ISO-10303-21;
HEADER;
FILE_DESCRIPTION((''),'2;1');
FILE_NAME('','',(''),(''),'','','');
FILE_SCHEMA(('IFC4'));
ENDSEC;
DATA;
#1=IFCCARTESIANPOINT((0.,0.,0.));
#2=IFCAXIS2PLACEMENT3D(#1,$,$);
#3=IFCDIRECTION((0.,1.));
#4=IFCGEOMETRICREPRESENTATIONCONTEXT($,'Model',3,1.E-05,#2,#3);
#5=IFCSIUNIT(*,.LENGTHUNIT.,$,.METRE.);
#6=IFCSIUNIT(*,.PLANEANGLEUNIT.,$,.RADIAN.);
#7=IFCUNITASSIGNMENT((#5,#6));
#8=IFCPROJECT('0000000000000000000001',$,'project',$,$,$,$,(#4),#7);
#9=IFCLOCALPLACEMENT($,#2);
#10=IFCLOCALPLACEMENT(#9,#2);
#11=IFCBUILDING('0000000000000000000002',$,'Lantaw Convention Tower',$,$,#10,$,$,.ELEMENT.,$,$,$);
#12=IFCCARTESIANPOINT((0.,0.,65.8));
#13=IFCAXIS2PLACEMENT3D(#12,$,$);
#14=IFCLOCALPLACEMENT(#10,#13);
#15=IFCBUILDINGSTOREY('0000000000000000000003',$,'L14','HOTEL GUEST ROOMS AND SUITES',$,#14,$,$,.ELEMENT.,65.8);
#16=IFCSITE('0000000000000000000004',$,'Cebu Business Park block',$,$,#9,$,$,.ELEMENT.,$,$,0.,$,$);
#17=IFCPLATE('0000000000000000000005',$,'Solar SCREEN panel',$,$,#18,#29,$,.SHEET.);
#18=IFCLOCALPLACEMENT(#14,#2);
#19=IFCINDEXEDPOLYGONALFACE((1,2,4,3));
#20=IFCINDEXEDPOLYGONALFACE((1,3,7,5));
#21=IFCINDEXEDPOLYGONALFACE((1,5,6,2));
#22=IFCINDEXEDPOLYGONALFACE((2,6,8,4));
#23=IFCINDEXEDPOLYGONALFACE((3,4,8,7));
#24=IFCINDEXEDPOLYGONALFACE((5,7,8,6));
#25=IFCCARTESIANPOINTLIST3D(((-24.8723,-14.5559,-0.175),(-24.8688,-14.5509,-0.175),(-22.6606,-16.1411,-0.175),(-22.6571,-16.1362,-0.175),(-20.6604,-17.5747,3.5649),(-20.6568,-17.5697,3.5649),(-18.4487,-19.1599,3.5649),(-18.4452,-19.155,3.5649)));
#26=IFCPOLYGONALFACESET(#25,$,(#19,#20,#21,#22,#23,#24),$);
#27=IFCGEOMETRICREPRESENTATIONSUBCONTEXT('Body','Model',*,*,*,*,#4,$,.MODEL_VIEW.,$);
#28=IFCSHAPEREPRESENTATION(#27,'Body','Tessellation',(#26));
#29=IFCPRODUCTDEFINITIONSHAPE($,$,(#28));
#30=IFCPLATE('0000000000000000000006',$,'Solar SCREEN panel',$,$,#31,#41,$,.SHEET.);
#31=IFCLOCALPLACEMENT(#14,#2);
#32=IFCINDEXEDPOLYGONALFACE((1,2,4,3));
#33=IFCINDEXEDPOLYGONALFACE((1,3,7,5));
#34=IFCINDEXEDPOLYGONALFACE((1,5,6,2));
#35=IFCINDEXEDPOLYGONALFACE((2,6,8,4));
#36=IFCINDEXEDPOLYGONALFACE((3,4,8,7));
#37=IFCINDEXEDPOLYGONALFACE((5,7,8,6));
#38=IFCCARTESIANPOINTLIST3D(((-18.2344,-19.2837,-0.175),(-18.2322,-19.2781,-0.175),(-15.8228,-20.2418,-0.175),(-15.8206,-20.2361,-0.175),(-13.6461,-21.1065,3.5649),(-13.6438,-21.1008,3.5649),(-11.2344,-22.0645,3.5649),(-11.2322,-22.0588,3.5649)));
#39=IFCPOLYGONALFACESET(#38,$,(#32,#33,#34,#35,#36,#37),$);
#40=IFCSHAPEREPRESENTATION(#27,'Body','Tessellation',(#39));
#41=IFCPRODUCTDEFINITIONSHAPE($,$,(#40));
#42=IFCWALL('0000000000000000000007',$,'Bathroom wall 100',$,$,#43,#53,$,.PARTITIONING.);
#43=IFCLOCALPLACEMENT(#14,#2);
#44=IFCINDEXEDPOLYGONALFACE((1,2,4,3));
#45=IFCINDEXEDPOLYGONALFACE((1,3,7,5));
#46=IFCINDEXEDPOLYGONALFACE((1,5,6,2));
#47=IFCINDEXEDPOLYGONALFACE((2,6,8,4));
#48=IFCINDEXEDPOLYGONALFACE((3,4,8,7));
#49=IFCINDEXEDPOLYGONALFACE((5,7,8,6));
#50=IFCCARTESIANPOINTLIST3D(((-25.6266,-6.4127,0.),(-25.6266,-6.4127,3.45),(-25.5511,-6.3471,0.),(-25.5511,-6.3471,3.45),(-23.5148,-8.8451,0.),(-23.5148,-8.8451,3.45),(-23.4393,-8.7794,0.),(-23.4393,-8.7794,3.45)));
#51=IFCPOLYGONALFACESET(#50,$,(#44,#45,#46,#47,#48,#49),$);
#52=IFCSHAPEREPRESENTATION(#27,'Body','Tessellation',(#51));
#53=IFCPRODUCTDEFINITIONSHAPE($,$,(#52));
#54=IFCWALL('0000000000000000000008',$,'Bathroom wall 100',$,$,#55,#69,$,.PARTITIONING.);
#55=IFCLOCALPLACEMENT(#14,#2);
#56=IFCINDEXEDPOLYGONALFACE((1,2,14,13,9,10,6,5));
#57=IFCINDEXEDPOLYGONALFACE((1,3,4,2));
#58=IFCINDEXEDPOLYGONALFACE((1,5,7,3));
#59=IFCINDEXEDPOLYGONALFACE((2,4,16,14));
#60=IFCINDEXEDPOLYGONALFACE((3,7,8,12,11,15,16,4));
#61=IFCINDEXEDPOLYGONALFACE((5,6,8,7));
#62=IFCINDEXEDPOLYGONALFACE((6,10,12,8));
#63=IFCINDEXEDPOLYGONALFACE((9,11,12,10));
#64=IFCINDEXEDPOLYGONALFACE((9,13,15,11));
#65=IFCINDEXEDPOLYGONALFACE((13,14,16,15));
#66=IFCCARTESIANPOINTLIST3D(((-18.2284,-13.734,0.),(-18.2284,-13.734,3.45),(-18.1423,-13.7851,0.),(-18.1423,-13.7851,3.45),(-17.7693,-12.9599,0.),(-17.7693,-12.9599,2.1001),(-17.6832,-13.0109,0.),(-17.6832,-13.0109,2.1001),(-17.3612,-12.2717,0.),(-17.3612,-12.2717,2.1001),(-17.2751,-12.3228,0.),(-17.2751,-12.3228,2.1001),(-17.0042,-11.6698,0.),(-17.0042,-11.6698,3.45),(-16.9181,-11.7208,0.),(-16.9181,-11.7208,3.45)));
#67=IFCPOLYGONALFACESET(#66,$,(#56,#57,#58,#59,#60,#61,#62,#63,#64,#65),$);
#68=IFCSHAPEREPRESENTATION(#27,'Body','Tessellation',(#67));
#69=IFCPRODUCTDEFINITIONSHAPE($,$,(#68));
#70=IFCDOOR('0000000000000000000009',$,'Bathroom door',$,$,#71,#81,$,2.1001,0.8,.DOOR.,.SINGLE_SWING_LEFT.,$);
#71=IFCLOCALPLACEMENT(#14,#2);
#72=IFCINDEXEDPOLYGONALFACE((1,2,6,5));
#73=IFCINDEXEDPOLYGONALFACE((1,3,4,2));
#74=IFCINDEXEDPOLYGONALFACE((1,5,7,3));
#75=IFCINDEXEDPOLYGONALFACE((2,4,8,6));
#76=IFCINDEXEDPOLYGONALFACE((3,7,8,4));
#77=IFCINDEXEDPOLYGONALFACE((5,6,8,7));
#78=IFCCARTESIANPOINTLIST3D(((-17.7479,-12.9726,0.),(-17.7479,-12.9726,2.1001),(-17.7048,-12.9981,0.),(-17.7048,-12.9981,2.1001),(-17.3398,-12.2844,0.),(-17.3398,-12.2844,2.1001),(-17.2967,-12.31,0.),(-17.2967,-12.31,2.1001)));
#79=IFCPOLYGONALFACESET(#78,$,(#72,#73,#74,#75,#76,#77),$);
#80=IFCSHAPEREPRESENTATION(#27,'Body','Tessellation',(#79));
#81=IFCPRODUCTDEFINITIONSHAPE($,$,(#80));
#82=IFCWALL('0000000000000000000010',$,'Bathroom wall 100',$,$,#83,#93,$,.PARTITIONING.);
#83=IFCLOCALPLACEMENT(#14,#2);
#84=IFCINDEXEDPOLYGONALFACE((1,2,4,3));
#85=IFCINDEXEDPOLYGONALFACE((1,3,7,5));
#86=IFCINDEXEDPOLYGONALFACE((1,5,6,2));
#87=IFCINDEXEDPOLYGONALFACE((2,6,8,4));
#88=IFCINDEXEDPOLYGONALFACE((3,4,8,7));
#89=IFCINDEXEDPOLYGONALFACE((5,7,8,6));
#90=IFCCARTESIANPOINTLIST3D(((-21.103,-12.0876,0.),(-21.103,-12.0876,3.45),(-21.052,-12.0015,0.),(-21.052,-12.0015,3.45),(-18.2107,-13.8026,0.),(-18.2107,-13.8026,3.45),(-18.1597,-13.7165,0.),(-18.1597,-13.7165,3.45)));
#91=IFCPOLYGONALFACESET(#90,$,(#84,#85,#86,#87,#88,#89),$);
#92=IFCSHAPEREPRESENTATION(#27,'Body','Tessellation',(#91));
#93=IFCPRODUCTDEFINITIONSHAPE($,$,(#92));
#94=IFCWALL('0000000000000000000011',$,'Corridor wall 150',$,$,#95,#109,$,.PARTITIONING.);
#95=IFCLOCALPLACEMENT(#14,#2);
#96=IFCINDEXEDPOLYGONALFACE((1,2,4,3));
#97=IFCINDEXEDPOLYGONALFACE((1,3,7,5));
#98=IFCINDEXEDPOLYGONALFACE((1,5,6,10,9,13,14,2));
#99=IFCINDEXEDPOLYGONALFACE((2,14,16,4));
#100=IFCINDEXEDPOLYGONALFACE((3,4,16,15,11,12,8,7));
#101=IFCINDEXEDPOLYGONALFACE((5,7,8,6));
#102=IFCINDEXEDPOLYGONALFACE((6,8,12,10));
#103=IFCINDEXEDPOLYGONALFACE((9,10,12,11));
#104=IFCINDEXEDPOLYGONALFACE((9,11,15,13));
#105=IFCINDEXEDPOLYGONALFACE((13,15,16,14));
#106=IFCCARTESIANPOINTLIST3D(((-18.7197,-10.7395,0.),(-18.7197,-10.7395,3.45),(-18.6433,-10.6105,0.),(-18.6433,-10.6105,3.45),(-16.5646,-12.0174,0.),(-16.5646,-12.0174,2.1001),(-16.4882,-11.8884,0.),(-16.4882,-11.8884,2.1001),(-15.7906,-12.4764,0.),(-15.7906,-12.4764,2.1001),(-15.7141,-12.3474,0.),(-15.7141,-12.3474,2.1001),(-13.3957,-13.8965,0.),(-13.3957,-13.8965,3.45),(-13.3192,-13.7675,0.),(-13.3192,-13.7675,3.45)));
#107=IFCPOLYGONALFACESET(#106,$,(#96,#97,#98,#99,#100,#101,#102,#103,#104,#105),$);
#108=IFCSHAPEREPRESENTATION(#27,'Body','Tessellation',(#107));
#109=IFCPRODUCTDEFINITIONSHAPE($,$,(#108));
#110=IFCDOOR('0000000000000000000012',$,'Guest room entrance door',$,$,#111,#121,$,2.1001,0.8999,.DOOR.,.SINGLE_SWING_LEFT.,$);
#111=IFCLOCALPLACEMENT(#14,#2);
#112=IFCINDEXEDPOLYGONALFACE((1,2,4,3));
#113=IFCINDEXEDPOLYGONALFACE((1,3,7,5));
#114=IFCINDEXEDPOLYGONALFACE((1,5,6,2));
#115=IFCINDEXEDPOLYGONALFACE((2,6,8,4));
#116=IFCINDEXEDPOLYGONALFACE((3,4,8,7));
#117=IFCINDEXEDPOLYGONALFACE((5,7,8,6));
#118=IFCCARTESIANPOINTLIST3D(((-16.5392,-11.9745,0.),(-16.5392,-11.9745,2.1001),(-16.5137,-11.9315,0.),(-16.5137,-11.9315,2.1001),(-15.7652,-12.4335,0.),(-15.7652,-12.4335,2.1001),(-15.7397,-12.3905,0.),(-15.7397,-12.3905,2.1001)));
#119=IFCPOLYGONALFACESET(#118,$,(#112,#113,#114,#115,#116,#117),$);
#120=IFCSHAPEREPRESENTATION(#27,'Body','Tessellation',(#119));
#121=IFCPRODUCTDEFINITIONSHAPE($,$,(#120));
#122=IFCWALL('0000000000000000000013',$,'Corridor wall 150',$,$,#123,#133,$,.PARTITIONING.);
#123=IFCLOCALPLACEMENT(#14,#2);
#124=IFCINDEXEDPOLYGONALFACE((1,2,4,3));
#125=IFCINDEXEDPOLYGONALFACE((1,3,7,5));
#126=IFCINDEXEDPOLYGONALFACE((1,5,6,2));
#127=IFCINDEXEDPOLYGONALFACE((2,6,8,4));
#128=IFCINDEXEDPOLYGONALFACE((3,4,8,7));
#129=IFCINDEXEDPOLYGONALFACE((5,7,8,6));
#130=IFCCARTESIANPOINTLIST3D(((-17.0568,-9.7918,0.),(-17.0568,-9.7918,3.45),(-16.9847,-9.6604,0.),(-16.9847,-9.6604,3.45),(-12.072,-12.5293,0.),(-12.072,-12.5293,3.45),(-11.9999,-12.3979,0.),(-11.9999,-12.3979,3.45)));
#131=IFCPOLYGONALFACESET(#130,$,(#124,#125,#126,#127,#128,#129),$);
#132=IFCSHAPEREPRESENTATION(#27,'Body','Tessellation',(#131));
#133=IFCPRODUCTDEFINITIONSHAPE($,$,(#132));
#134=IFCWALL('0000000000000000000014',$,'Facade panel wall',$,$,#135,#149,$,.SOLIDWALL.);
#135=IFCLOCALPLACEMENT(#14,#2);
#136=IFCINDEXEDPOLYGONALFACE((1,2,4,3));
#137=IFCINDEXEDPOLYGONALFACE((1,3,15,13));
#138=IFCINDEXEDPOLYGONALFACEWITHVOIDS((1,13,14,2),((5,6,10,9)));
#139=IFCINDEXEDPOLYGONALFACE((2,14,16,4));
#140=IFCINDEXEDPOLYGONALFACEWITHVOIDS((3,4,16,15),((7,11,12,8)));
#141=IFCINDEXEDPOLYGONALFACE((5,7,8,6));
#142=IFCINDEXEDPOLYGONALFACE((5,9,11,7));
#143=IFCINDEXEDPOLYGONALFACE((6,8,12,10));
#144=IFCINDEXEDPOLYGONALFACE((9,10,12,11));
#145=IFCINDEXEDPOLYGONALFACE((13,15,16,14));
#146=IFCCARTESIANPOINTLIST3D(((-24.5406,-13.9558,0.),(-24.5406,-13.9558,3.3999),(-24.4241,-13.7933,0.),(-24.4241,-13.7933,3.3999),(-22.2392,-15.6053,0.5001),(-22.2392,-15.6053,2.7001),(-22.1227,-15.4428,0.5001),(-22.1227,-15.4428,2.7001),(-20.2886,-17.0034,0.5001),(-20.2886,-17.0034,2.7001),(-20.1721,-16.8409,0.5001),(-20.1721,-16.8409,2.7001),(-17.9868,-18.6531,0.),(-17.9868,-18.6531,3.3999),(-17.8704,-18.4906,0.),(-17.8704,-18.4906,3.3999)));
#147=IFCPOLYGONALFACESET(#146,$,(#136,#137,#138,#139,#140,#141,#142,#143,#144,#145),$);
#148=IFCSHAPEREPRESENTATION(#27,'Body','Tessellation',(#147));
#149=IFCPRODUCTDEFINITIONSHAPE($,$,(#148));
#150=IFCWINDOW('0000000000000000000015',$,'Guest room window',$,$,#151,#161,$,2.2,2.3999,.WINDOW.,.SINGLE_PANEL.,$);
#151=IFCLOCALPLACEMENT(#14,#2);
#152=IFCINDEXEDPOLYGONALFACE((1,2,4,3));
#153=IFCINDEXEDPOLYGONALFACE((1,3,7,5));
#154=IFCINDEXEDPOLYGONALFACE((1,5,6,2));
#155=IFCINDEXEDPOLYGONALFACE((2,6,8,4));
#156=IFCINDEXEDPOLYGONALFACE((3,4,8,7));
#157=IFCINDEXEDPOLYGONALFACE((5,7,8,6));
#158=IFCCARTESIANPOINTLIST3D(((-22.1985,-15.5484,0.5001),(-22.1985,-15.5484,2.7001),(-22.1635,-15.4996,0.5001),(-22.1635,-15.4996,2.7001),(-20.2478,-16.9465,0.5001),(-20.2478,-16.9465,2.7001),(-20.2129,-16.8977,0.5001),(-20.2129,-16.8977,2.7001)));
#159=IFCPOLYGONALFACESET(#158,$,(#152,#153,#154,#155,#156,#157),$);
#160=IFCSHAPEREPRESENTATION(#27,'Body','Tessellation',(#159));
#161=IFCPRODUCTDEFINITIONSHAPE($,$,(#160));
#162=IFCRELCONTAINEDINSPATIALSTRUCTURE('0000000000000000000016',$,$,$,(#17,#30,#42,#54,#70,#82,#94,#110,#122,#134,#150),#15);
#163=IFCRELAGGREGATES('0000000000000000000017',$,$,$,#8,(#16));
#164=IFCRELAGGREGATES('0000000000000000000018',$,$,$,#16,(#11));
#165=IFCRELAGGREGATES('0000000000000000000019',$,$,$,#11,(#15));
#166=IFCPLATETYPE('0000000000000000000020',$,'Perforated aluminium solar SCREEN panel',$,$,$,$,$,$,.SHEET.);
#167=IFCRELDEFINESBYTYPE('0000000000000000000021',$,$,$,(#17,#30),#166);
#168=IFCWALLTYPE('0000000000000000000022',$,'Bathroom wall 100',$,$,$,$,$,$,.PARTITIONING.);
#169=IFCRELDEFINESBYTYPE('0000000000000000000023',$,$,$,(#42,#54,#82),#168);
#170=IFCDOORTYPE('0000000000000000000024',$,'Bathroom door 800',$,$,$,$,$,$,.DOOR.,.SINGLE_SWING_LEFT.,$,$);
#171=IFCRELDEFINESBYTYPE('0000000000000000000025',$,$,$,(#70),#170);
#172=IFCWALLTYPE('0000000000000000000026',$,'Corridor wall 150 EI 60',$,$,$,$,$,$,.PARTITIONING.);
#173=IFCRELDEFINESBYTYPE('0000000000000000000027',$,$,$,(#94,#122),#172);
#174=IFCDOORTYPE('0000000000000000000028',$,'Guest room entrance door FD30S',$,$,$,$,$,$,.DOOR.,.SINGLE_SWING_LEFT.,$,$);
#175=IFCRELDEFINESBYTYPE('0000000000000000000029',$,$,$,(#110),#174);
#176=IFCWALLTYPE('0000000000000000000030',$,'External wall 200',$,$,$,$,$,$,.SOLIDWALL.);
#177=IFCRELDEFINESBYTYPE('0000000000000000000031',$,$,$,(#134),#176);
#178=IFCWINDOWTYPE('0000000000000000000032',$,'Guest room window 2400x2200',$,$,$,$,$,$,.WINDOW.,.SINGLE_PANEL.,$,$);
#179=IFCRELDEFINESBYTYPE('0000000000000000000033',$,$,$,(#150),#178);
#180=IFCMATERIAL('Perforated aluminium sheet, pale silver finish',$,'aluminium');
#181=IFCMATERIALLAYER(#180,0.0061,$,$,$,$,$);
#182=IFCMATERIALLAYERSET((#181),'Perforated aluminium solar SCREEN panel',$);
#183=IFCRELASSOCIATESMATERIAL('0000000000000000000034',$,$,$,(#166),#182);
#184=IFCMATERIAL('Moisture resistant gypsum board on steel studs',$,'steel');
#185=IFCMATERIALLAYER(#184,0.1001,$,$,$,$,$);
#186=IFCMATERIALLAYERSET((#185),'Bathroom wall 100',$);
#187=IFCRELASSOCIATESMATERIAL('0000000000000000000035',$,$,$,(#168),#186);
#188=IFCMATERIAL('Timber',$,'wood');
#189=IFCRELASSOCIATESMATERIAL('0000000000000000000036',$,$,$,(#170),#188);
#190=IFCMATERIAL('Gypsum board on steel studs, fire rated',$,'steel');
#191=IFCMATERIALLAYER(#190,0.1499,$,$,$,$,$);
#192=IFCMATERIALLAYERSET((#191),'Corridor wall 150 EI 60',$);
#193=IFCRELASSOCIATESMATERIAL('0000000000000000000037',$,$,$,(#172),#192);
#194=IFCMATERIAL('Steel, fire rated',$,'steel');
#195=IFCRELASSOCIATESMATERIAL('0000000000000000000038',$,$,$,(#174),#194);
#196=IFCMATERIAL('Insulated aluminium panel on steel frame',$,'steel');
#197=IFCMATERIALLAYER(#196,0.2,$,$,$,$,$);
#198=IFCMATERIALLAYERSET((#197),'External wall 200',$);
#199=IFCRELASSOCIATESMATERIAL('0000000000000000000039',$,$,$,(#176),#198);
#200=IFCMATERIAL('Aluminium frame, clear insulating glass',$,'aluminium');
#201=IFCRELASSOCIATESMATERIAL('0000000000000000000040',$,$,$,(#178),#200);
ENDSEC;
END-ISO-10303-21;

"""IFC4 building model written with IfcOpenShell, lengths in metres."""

from ifc_helpers import new_model, si_unit, direction, frame, frame_2d, origin, place, context, subcontext, project, spatial, polyline, rectangle, outline, extrude, material, layer, layer_set, type_object, element, fill, save


model = new_model("IFC4")

# Units and contexts
model_context = context("Model", 3, precision=1e-05, world=origin(), true_north=direction((0.0, 1.0)))
body_context = subcontext(model_context, "Body", "Model", "MODEL_VIEW")
ifc_project = project(units=[si_unit("LENGTHUNIT", "METRE"), si_unit("PLANEANGLEUNIT", "RADIAN")], contexts=[model_context])

# Site, building, storey
site_placement = place(None, origin())
site = spatial("IfcSite", under=ifc_project, at=site_placement, Name="Cebu Business Park block", CompositionType="ELEMENT", RefElevation=0.0)
building_placement = place(site_placement, origin())
building = spatial("IfcBuilding", under=site, at=building_placement, Name="Lantaw Convention Tower", CompositionType="ELEMENT")
storey_placement = place(building_placement, frame((0.0, 0.0, 65.8)))
storey = spatial("IfcBuildingStorey", under=building, at=storey_placement, Name="L14", Description="HOTEL GUEST ROOMS AND SUITES", CompositionType="ELEMENT", Elevation=65.8)

# Plates
ifc_material_1 = material(Name="Perforated aluminium sheet, pale silver finish", Category="aluminium")
ifc_layer_1 = layer(ifc_material_1, 0.0061)
ifc_layer_set_1 = layer_set([ifc_layer_1], Name="Perforated aluminium solar SCREEN panel")
plate_type = type_object("IfcPlateType", Name="Perforated aluminium solar SCREEN panel", PredefinedType="SHEET", material=ifc_layer_set_1)
plate_1_placement = place(storey_placement, frame((-24.8723, -14.5559, -0.175), z_axis=(-0.582561, -0.812787, 0.000016), x_axis=(0.812787, -0.582561, 0.0)))
element("IfcPlate", 1, at=plate_1_placement, inside=storey, type_object=plate_type, Name="Solar SCREEN panel", PredefinedType="SHEET", context=body_context, shape_type="SweptSolid", body=[
    extrude(outline(polyline([(0.0, 0.0), (2.7211, 0.0), (7.9031, 3.74), (5.182, 3.74), (0.0, 0.0)])), origin(), (0.0, 0.0, -1.0), 0.0061),
])
plate_2_placement = place(storey_placement, frame((-18.2322, -19.2781, -0.175), z_axis=(0.369184, 0.929357, 0.000009), x_axis=(0.929357, -0.369184, 0.0)))
element("IfcPlate", 2, at=plate_2_placement, inside=storey, type_object=plate_type, Name="Solar SCREEN panel", PredefinedType="SHEET", context=body_context, shape_type="SweptSolid", body=[
    extrude(outline(polyline([(0.0, 0.0), (2.5949, 0.0), (7.5321, -3.74), (4.9372, -3.74), (0.0, 0.0)])), origin(), (0.0, 0.0, -1.0), 0.0061),
])

# Wall
ifc_material_2 = material(Name="Moisture resistant gypsum board on steel studs", Category="steel")
ifc_layer_2 = layer(ifc_material_2, 0.1001)
ifc_layer_set_2 = layer_set([ifc_layer_2], Name="Bathroom wall 100")
wall_type_1 = type_object("IfcWallType", Name="Bathroom wall 100", PredefinedType="PARTITIONING", material=ifc_layer_set_2)
wall_1_placement = place(storey_placement, frame((-23.4771, -8.8123, 0.0), z_axis=(0.0, 0.0, 1.0), x_axis=(-0.655597, 0.755111, 0.0)))
element("IfcWall", 3, at=wall_1_placement, inside=storey, type_object=wall_type_1, Name="Bathroom wall 100", PredefinedType="PARTITIONING", context=body_context, shape_type="SweptSolid", body=[
    extrude(rectangle(XDim=3.2212, YDim=0.1001, at=frame_2d((1.6106, 0.0))), origin(), (0.0, 0.0, 1.0), 3.45),
])

# Wall, opening, door
wall_2_placement = place(storey_placement, frame((-16.9612, -11.6953, 0.0), z_axis=(0.0, 0.0, 1.0), x_axis=(-0.510076, -0.86013, 0.0)))
wall_2 = element("IfcWall", 4, at=wall_2_placement, inside=storey, type_object=wall_type_1, Name="Bathroom wall 100", PredefinedType="PARTITIONING", context=body_context, shape_type="SweptSolid", body=[
    extrude(rectangle(XDim=2.3999, YDim=0.1001, at=frame_2d((1.2, 0.0))), origin(), (0.0, 0.0, 1.0), 3.45),
])
opening_1_placement = place(wall_2_placement, frame((0.7, 0.0, 0.0)))
opening_1 = element("IfcOpeningElement", 5, at=opening_1_placement, cuts=wall_2, PredefinedType="OPENING", context=body_context, shape_type="SweptSolid", body=[
    extrude(rectangle(XDim=0.8, YDim=2.1001, at=frame_2d((0.3999, 1.05))), frame((0.0, 0.0601, 0.0), z_axis=(0.0, -1.0, 0.0), x_axis=(1.0, 0.0, 0.0)), (0.0, 0.0, 1.0), 0.1201),
])
ifc_material_3 = material(Name="Timber", Category="wood")
door_type_1 = type_object("IfcDoorType", Name="Bathroom door 800", OperationType="SINGLE_SWING_LEFT", PredefinedType="DOOR", material=ifc_material_3)
door_1_placement = place(opening_1_placement, origin())
door_1 = element("IfcDoor", 6, at=door_1_placement, inside=storey, type_object=door_type_1, Name="Bathroom door", OperationType="SINGLE_SWING_LEFT", OverallHeight=2.1001, OverallWidth=0.8, PredefinedType="DOOR", context=body_context, shape_type="SweptSolid", body=[
    extrude(rectangle(XDim=0.8, YDim=2.1001, at=frame_2d((0.3999, 1.05))), frame((0.0, 0.0249, 0.0), z_axis=(0.0, -1.0, 0.0), x_axis=(1.0, 0.0, 0.0)), (0.0, 0.0, 1.0), 0.05),
])
fill(opening_1, door_1)

# Wall
wall_3_placement = place(storey_placement, frame((-18.1853, -13.7595, 0.0), z_axis=(0.0, 0.0, 1.0), x_axis=(-0.860146, 0.510047, 0.0)))
element("IfcWall", 7, at=wall_3_placement, inside=storey, type_object=wall_type_1, Name="Bathroom wall 100", PredefinedType="PARTITIONING", context=body_context, shape_type="SweptSolid", body=[
    extrude(rectangle(XDim=3.3625, YDim=0.1001, at=frame_2d((1.6812, 0.0))), origin(), (0.0, 0.0, 1.0), 3.45),
])

# Wall, opening, door
ifc_material_4 = material(Name="Gypsum board on steel studs, fire rated", Category="steel")
ifc_layer_3 = layer(ifc_material_4, 0.1499)
ifc_layer_set_3 = layer_set([ifc_layer_3], Name="Corridor wall 150 EI 60")
wall_type_2 = type_object("IfcWallType", Name="Corridor wall 150 EI 60", PredefinedType="PARTITIONING", material=ifc_layer_set_3)
wall_4_placement = place(storey_placement, frame((-18.6814, -10.675, 0.0), z_axis=(0.0, 0.0, 1.0), x_axis=(0.860147, -0.510046, 0.0)))
wall_4 = element("IfcWall", 8, at=wall_4_placement, inside=storey, type_object=wall_type_2, Name="Corridor wall 150", PredefinedType="PARTITIONING", context=body_context, shape_type="SweptSolid", body=[
    extrude(rectangle(XDim=6.1897, YDim=0.1499, at=frame_2d((3.0947, 0.0))), origin(), (0.0, 0.0, 1.0), 3.45),
])
opening_2_placement = place(wall_4_placement, frame((2.5054, 0.0, 0.0)))
opening_2 = element("IfcOpeningElement", 9, at=opening_2_placement, cuts=wall_4, PredefinedType="OPENING", context=body_context, shape_type="SweptSolid", body=[
    extrude(rectangle(XDim=0.8999, YDim=2.1001, at=frame_2d((0.45, 1.05))), frame((0.0, 0.085, 0.0), z_axis=(0.0, -1.0, 0.0), x_axis=(1.0, 0.0, 0.0)), (0.0, 0.0, 1.0), 0.1699),
])
ifc_material_5 = material(Name="Steel, fire rated", Category="steel")
door_type_2 = type_object("IfcDoorType", Name="Guest room entrance door FD30S", OperationType="SINGLE_SWING_LEFT", PredefinedType="DOOR", material=ifc_material_5)
door_2_placement = place(opening_2_placement, origin())
door_2 = element("IfcDoor", 10, at=door_2_placement, inside=storey, type_object=door_type_2, Name="Guest room entrance door", OperationType="SINGLE_SWING_LEFT", OverallHeight=2.1001, OverallWidth=0.8999, PredefinedType="DOOR", context=body_context, shape_type="SweptSolid", body=[
    extrude(rectangle(XDim=0.8999, YDim=2.1001, at=frame_2d((0.45, 1.05))), frame((0.0, 0.0249, 0.0), z_axis=(0.0, -1.0, 0.0), x_axis=(1.0, 0.0, 0.0)), (0.0, 0.0, 1.0), 0.05),
])
fill(opening_2, door_2)

# Wall
wall_5_placement = place(storey_placement, frame((-17.0208, -9.7261, 0.0), z_axis=(0.0, 0.0, 1.0), x_axis=(0.876522, -0.481362, 0.0)))
element("IfcWall", 11, at=wall_5_placement, inside=storey, type_object=wall_type_2, Name="Corridor wall 150", PredefinedType="PARTITIONING", context=body_context, shape_type="SweptSolid", body=[
    extrude(rectangle(XDim=5.687, YDim=0.1499, at=frame_2d((2.8435, 0.0))), origin(), (0.0, 0.0, 1.0), 3.45),
])

# Wall, opening, window
ifc_material_6 = material(Name="Insulated aluminium panel on steel frame", Category="steel")
ifc_layer_4 = layer(ifc_material_6, 0.2)
ifc_layer_set_4 = layer_set([ifc_layer_4], Name="External wall 200")
wall_type_3 = type_object("IfcWallType", Name="External wall 200", PredefinedType="SOLIDWALL", material=ifc_layer_set_4)
wall_6_placement = place(storey_placement, frame((-24.4824, -13.8745, 0.0), z_axis=(0.0, 0.0, 1.0), x_axis=(0.812791, -0.582555, 0.0)))
wall_6 = element("IfcWall", 12, at=wall_6_placement, inside=storey, type_object=wall_type_3, Name="Facade panel wall", PredefinedType="SOLIDWALL", context=body_context, shape_type="SweptSolid", body=[
    extrude(rectangle(XDim=8.0632, YDim=0.2, at=frame_2d((4.0317, 0.0))), origin(), (0.0, 0.0, 1.0), 3.3999),
])
opening_3_placement = place(wall_6_placement, frame((2.8315, 0.0, 0.5)))
opening_3 = element("IfcOpeningElement", 13, at=opening_3_placement, cuts=wall_6, PredefinedType="OPENING", context=body_context, shape_type="SweptSolid", body=[
    extrude(rectangle(XDim=2.3999, YDim=2.2, at=frame_2d((1.2, 1.1001))), frame((0.0, 0.1099, 0.0), z_axis=(0.0, -1.0, 0.0), x_axis=(1.0, 0.0, 0.0)), (0.0, 0.0, 1.0), 0.22),
])
ifc_material_7 = material(Name="Aluminium frame, clear insulating glass", Category="aluminium")
window_type = type_object("IfcWindowType", Name="Guest room window 2400x2200", PartitioningType="SINGLE_PANEL", PredefinedType="WINDOW", material=ifc_material_7)
window_1_placement = place(opening_3_placement, origin())
window_1 = element("IfcWindow", 14, at=window_1_placement, inside=storey, type_object=window_type, Name="Guest room window", OverallHeight=2.2, OverallWidth=2.3999, PartitioningType="SINGLE_PANEL", PredefinedType="WINDOW", context=body_context, shape_type="SweptSolid", body=[
    extrude(rectangle(XDim=2.3999, YDim=2.2, at=frame_2d((1.2, 1.1001))), frame((0.0, 0.03, 0.0), z_axis=(0.0, -1.0, 0.0), x_axis=(1.0, 0.0, 0.0)), (0.0, 0.0, 1.0), 0.0601),
])
fill(opening_3, window_1)

save(model, "model.ifc")
